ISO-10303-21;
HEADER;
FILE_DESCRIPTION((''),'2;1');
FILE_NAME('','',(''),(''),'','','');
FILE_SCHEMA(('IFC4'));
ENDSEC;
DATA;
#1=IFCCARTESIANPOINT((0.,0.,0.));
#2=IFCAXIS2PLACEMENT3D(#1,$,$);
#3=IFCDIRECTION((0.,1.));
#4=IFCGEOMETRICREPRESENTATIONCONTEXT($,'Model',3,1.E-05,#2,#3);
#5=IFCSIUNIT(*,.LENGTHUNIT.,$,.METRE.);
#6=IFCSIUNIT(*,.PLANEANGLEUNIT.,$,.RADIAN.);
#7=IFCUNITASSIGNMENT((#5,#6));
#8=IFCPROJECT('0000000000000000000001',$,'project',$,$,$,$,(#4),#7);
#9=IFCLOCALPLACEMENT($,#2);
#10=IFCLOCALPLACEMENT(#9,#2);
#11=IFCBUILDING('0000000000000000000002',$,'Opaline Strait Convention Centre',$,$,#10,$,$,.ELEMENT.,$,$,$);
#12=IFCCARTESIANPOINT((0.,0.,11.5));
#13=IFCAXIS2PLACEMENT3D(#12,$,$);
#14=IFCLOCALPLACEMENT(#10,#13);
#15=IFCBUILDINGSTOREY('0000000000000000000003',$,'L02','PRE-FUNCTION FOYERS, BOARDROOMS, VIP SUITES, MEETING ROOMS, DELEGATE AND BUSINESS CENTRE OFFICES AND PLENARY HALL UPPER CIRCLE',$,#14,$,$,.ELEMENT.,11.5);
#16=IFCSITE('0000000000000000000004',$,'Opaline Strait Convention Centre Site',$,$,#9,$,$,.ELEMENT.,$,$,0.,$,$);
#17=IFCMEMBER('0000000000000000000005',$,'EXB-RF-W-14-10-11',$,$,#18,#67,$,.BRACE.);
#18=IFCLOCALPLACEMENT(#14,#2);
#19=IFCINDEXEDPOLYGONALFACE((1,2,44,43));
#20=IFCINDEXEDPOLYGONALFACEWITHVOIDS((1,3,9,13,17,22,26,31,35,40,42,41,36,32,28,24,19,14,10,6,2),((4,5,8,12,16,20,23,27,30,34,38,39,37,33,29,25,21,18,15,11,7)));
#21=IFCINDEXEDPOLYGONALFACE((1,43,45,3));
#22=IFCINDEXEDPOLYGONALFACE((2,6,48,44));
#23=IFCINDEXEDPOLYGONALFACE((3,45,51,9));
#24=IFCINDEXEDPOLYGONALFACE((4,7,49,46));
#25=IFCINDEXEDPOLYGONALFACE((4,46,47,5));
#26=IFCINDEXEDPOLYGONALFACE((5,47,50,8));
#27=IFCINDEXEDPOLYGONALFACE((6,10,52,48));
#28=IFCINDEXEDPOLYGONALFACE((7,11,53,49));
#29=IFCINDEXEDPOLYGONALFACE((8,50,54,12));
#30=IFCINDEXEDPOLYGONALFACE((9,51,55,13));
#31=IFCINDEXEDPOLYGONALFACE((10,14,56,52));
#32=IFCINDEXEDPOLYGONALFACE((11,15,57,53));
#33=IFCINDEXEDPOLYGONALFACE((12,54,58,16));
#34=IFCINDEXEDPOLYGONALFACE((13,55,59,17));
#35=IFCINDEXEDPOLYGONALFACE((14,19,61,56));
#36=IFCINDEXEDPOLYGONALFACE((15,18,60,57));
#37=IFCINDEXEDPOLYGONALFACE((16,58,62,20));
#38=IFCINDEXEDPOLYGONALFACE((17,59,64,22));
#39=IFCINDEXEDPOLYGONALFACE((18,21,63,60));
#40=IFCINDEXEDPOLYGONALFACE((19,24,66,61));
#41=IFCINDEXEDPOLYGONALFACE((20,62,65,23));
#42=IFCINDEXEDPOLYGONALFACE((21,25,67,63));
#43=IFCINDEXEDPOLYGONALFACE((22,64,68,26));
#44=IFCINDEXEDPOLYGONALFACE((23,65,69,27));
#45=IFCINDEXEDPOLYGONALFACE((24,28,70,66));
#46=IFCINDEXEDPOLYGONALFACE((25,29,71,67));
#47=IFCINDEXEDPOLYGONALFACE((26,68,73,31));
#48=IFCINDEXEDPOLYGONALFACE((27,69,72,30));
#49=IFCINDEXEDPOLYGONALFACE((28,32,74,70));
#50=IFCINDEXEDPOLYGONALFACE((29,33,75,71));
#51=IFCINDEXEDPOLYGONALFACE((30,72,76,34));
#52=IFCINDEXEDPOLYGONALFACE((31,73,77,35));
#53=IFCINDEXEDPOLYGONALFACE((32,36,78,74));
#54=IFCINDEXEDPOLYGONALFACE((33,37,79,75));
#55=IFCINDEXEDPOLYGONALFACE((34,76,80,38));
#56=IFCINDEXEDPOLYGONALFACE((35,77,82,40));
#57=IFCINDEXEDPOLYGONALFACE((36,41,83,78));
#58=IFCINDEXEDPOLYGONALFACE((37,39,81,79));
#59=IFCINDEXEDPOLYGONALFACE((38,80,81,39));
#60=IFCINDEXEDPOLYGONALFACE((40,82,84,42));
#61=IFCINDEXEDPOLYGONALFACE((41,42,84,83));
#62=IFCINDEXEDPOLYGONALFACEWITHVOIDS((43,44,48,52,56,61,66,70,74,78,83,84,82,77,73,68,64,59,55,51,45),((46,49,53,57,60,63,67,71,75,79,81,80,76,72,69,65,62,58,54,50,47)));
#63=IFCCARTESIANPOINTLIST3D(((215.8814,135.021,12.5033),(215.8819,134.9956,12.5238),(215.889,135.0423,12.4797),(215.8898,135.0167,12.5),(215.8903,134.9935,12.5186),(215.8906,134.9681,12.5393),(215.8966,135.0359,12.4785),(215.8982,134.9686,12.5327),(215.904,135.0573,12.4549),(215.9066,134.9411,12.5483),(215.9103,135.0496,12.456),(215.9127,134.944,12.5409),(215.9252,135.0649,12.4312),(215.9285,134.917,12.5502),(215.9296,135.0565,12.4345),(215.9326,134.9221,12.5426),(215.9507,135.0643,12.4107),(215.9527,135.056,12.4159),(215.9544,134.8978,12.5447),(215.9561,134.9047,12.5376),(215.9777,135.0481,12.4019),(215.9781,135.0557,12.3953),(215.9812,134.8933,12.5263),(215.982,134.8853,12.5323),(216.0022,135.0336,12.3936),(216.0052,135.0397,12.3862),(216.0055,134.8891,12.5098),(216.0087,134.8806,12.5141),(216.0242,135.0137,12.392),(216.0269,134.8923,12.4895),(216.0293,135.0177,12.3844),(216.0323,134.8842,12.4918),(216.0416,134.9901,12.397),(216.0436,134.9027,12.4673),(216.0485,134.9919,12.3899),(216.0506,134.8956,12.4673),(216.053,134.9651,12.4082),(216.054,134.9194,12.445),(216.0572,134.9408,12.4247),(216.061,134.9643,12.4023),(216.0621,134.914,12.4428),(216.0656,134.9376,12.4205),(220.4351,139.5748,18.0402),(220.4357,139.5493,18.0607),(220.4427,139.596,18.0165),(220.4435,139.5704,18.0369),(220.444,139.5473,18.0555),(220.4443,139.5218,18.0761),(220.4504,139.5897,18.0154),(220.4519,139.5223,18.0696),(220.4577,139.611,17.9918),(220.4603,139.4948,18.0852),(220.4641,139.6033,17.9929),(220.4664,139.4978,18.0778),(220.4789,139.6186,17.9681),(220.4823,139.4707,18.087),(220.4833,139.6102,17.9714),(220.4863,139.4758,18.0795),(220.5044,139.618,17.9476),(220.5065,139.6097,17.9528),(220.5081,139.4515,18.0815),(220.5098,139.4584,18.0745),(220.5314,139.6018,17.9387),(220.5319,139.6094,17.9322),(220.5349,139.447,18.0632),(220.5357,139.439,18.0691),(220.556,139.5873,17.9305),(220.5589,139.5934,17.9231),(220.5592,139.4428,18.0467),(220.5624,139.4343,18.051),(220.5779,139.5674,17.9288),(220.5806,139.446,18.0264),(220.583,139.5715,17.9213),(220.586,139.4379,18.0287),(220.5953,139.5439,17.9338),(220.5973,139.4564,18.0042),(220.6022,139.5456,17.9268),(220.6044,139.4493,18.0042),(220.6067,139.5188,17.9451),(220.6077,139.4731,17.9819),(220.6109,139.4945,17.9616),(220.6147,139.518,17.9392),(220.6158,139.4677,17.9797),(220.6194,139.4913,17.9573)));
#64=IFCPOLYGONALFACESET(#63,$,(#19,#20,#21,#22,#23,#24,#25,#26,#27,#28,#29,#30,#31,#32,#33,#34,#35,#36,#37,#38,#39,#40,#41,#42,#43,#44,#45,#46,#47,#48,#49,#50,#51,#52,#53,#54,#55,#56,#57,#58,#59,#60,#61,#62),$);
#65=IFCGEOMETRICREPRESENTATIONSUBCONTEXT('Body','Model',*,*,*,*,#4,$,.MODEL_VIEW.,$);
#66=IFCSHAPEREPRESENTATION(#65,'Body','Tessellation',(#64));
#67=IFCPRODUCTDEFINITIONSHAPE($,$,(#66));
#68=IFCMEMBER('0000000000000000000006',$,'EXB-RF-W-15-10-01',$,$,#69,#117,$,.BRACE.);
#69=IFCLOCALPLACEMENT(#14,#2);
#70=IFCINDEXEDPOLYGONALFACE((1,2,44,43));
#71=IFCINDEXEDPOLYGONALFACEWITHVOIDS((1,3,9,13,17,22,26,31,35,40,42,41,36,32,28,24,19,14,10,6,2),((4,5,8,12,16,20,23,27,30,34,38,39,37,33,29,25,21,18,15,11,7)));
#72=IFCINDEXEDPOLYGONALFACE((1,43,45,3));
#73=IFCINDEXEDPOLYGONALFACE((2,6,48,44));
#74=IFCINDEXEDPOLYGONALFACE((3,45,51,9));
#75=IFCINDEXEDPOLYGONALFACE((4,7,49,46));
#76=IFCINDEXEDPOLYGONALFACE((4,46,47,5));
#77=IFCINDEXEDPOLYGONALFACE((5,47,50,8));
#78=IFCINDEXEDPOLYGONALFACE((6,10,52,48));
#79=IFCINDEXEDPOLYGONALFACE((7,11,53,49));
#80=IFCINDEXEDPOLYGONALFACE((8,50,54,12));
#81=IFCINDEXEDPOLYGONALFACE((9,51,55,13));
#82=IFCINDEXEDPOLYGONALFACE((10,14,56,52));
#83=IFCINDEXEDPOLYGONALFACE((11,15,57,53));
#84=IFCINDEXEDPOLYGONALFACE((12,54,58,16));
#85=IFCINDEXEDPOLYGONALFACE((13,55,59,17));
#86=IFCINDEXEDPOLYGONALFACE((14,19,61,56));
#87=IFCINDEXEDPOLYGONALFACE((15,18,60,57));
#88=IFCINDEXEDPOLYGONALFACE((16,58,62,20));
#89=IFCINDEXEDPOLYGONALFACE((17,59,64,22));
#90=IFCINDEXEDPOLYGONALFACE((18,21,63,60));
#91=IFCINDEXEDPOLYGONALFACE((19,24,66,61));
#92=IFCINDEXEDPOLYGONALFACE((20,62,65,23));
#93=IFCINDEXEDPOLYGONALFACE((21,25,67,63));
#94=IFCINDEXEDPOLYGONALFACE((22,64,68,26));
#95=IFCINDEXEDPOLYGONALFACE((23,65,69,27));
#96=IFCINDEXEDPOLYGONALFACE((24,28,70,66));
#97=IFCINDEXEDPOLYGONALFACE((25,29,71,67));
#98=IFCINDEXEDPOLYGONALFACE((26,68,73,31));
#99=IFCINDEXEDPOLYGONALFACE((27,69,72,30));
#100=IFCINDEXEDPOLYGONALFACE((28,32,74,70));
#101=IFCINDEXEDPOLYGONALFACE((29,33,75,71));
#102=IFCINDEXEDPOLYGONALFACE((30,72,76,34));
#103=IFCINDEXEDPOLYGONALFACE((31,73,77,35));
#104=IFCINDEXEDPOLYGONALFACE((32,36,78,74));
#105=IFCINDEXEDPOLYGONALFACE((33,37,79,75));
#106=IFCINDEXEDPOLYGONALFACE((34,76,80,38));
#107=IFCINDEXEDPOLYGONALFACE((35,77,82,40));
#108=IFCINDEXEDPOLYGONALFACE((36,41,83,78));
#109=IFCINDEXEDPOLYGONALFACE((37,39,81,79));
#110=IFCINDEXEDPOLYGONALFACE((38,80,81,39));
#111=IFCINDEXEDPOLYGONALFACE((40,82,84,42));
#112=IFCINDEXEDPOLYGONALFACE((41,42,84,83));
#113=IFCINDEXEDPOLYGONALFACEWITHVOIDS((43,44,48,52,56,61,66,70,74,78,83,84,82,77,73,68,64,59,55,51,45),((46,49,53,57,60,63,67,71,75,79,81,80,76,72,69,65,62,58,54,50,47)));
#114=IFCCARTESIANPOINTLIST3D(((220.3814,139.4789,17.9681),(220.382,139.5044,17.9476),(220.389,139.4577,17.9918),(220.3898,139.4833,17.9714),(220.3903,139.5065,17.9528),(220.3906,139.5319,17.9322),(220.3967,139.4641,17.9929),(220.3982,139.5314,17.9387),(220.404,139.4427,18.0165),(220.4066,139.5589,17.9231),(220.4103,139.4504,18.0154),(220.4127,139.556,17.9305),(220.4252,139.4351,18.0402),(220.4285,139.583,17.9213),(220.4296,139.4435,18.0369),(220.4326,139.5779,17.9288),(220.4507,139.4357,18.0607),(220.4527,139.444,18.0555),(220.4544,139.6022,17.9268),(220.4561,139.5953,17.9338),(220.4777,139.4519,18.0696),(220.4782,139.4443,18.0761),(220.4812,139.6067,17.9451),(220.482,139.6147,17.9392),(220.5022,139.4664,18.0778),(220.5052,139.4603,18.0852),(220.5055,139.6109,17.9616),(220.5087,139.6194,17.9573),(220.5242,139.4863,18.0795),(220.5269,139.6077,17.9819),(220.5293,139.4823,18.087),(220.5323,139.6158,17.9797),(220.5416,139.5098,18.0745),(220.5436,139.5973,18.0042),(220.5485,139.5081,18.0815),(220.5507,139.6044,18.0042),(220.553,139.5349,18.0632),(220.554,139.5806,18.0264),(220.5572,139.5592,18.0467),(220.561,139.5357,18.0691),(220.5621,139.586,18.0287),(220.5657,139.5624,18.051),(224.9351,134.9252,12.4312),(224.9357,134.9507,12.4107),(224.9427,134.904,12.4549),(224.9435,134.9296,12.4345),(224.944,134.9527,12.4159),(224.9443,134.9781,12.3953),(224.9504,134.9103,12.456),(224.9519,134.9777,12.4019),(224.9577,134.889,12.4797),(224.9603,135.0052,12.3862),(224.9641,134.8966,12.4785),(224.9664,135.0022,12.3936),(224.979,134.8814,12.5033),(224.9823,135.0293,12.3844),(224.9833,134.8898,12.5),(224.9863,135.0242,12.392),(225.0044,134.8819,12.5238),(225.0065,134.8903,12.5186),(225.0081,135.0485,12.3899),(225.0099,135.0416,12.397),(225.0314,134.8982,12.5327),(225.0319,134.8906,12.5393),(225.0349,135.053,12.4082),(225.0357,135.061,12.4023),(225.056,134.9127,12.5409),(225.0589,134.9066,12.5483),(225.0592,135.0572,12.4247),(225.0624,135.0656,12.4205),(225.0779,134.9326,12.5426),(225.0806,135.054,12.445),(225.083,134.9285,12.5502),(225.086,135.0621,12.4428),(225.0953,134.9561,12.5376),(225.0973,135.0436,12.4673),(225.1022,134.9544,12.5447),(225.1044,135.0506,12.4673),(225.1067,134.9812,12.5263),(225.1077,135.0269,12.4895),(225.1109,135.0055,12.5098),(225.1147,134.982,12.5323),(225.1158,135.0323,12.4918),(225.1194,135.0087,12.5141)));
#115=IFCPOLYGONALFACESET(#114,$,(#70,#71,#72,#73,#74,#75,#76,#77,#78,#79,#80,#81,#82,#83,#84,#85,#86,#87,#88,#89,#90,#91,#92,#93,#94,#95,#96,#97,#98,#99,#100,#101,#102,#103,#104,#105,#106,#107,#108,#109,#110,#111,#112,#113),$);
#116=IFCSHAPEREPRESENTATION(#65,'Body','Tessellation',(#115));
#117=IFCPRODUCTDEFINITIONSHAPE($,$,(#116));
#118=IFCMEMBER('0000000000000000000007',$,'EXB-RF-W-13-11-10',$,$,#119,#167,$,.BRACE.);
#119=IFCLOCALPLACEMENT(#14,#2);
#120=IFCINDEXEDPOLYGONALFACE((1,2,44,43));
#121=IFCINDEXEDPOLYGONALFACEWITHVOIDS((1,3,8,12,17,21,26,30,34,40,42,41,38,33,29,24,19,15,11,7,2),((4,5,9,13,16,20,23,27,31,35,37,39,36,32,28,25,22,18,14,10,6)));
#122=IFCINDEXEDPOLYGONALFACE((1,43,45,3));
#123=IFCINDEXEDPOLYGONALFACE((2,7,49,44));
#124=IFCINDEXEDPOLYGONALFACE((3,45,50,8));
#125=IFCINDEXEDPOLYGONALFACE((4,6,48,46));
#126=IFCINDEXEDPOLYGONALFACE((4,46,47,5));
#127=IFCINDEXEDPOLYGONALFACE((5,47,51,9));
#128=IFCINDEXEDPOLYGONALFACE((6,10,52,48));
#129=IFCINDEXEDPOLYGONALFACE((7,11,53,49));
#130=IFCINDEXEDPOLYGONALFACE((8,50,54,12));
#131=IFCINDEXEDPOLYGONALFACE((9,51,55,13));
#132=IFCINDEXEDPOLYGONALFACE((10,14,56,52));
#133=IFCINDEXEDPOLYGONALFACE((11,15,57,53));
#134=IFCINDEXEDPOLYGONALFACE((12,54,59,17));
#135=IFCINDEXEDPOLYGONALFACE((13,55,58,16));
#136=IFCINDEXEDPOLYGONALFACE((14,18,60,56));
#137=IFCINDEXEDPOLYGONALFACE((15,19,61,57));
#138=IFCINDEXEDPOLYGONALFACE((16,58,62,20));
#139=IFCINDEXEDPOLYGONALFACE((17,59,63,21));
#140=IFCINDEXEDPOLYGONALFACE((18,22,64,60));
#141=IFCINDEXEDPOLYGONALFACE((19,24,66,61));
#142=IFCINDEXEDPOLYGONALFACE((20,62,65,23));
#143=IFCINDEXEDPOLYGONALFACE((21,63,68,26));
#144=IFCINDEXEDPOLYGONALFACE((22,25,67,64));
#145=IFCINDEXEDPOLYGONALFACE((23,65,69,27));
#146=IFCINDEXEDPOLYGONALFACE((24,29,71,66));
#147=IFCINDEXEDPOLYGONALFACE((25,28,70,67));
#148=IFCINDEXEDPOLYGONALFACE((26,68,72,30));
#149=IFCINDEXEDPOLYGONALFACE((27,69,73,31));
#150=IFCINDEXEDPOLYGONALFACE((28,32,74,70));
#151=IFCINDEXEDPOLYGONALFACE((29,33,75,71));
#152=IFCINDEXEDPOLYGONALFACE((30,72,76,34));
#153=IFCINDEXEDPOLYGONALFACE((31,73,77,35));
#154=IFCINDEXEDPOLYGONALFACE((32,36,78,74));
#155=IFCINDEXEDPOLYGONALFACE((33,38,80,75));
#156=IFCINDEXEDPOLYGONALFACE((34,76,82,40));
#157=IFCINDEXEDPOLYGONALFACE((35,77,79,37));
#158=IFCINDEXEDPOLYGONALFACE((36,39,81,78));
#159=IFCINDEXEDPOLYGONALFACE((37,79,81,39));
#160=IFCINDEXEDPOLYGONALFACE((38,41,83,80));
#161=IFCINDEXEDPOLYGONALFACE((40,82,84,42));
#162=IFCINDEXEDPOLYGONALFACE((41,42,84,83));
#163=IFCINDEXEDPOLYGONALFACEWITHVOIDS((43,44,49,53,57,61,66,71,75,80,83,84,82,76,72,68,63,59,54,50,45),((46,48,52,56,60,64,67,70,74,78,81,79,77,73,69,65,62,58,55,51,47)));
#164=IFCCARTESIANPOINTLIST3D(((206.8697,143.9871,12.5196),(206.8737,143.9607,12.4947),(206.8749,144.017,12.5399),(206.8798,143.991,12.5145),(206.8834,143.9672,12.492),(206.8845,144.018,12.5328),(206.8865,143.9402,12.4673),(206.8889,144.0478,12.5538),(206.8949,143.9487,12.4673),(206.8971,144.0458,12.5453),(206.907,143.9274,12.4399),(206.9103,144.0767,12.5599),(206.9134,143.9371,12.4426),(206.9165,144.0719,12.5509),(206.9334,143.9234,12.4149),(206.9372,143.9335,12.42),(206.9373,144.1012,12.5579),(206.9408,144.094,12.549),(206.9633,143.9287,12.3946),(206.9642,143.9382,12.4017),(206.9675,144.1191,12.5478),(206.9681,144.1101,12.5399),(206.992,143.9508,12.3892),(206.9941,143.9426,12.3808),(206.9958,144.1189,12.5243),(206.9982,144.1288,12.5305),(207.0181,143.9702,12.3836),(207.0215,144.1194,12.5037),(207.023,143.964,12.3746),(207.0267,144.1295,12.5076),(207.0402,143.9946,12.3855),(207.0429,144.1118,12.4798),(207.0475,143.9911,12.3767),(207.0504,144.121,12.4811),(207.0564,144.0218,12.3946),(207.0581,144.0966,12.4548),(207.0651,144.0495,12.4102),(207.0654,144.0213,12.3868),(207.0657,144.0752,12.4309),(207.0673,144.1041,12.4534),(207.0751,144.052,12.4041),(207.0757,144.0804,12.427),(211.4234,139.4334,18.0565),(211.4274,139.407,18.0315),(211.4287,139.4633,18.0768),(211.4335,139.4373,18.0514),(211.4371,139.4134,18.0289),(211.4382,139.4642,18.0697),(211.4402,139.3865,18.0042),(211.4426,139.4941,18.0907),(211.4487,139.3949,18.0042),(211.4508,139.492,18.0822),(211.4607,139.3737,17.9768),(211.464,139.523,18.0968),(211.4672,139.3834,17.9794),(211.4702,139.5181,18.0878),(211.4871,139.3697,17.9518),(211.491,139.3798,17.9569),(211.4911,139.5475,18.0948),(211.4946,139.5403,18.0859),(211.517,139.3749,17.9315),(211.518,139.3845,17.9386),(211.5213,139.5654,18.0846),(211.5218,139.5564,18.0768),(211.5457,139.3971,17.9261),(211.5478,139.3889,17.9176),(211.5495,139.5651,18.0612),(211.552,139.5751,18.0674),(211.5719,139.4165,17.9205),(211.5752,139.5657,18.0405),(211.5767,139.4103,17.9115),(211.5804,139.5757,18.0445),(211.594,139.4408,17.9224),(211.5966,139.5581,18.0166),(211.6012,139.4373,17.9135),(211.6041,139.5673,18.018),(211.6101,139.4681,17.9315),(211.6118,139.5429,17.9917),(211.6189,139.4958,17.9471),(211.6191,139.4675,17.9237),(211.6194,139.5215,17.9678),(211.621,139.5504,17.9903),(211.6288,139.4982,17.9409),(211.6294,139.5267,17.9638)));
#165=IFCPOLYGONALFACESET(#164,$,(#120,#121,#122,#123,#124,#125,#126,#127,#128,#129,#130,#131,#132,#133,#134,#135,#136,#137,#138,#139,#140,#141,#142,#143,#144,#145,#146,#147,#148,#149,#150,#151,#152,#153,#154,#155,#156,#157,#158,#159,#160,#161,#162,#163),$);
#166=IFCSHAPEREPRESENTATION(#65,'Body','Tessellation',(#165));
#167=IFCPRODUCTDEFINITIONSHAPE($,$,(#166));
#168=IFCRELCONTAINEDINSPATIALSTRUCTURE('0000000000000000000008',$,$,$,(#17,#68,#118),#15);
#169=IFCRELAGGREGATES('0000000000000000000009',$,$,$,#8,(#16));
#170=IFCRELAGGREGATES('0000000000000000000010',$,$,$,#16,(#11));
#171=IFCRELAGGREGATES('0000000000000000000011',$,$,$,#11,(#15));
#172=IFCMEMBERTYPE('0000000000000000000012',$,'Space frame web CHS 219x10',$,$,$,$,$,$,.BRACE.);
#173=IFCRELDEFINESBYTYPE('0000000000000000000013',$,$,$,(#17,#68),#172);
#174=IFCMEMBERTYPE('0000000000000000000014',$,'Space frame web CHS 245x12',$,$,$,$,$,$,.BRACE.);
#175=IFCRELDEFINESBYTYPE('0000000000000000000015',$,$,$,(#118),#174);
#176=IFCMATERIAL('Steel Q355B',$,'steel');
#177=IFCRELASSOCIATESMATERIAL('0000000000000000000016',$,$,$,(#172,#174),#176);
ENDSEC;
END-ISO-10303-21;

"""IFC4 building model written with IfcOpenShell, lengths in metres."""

from ifc_helpers import new_model, si_unit, direction, frame, origin, origin_2d, place, context, subcontext, project, spatial, hollow_circle, extrude, material, material_profile, profile_set, type_object, element, save


model = new_model("IFC4")

# Units and contexts
model_context = context("Model", 3, precision=1e-05, world=origin(), true_north=direction((0.0, 1.0)))
body_context = subcontext(model_context, "Body", "Model", "MODEL_VIEW")
ifc_project = project(units=[si_unit("LENGTHUNIT", "METRE"), si_unit("PLANEANGLEUNIT", "RADIAN")], contexts=[model_context])

# Site, building, storey
site_placement = place(None, origin())
site = spatial("IfcSite", under=ifc_project, at=site_placement, Name="Opaline Strait Convention Centre Site", CompositionType="ELEMENT", RefElevation=0.0)
building_placement = place(site_placement, origin())
building = spatial("IfcBuilding", under=site, at=building_placement, Name="Opaline Strait Convention Centre", CompositionType="ELEMENT")
storey_placement = place(building_placement, frame((0.0, 0.0, 11.5)))
storey = spatial("IfcBuildingStorey", under=building, at=storey_placement, Name="L02", Description="PRE-FUNCTION FOYERS, BOARDROOMS, VIP SUITES, MEETING ROOMS, DELEGATE AND BUSINESS CENTRE OFFICES AND PLENARY HALL UPPER CIRCLE", CompositionType="ELEMENT", Elevation=11.5)

# Members
ifc_material_1 = material(Name="Steel Q355B", Category="steel")
ifc_material_profile_1 = material_profile(ifc_material_1, hollow_circle(Radius=0.1096, WallThickness=0.01, at=origin_2d()), Name="CHS 219x10")
ifc_profile_set_1 = profile_set([ifc_material_profile_1], Name="Steel Q355B")
member_type_1 = type_object("IfcMemberType", Name="Space frame web CHS 219x10", PredefinedType="BRACE", material=ifc_profile_set_1)
for number, where, z_axis, x_axis, name in (
    (1, (220.5269, 139.5269, 18.0042), (-0.536178, -0.536178, -0.65194), (0.707107, -0.707107, 0.0), "EXB-RF-W-14-10-11"),
    (2, (220.4731, 139.5269, 18.0042), (0.536178, -0.536178, -0.65194), (0.707107, 0.707107, 0.0), "EXB-RF-W-15-10-01"),
):
    element("IfcMember", number, at=place(storey_placement, frame(where, z_axis=z_axis, x_axis=x_axis)), inside=storey, type_object=member_type_1, Name=name, PredefinedType="BRACE", context=body_context, shape_type="SweptSolid", body=[
        extrude(hollow_circle(Radius=0.1096, WallThickness=0.01, at=origin_2d()), origin(), (0.0, 0.0, 1.0), 8.4929),
    ])
ifc_material_profile_2 = material_profile(ifc_material_1, hollow_circle(Radius=0.1226, WallThickness=0.012, at=origin_2d()), Name="CHS 245x12")
ifc_profile_set_2 = profile_set([ifc_material_profile_2], Name="Steel Q355B")
member_type_2 = type_object("IfcMemberType", Name="Space frame web CHS 245x12", PredefinedType="BRACE", material=ifc_profile_set_2)
for number, where, z_axis, x_axis, name in (
    (3, (211.5269, 139.4731, 18.0042), (-0.536178, 0.536178, -0.65194), (-0.707107, -0.707107, 0.0), "EXB-RF-W-13-11-10"),
):
    element("IfcMember", number, at=place(storey_placement, frame(where, z_axis=z_axis, x_axis=x_axis)), inside=storey, type_object=member_type_2, Name=name, PredefinedType="BRACE", context=body_context, shape_type="SweptSolid", body=[
        extrude(hollow_circle(Radius=0.1226, WallThickness=0.012, at=origin_2d()), origin(), (0.0, 0.0, 1.0), 8.4929),
    ])

save(model, "model.ifc")
